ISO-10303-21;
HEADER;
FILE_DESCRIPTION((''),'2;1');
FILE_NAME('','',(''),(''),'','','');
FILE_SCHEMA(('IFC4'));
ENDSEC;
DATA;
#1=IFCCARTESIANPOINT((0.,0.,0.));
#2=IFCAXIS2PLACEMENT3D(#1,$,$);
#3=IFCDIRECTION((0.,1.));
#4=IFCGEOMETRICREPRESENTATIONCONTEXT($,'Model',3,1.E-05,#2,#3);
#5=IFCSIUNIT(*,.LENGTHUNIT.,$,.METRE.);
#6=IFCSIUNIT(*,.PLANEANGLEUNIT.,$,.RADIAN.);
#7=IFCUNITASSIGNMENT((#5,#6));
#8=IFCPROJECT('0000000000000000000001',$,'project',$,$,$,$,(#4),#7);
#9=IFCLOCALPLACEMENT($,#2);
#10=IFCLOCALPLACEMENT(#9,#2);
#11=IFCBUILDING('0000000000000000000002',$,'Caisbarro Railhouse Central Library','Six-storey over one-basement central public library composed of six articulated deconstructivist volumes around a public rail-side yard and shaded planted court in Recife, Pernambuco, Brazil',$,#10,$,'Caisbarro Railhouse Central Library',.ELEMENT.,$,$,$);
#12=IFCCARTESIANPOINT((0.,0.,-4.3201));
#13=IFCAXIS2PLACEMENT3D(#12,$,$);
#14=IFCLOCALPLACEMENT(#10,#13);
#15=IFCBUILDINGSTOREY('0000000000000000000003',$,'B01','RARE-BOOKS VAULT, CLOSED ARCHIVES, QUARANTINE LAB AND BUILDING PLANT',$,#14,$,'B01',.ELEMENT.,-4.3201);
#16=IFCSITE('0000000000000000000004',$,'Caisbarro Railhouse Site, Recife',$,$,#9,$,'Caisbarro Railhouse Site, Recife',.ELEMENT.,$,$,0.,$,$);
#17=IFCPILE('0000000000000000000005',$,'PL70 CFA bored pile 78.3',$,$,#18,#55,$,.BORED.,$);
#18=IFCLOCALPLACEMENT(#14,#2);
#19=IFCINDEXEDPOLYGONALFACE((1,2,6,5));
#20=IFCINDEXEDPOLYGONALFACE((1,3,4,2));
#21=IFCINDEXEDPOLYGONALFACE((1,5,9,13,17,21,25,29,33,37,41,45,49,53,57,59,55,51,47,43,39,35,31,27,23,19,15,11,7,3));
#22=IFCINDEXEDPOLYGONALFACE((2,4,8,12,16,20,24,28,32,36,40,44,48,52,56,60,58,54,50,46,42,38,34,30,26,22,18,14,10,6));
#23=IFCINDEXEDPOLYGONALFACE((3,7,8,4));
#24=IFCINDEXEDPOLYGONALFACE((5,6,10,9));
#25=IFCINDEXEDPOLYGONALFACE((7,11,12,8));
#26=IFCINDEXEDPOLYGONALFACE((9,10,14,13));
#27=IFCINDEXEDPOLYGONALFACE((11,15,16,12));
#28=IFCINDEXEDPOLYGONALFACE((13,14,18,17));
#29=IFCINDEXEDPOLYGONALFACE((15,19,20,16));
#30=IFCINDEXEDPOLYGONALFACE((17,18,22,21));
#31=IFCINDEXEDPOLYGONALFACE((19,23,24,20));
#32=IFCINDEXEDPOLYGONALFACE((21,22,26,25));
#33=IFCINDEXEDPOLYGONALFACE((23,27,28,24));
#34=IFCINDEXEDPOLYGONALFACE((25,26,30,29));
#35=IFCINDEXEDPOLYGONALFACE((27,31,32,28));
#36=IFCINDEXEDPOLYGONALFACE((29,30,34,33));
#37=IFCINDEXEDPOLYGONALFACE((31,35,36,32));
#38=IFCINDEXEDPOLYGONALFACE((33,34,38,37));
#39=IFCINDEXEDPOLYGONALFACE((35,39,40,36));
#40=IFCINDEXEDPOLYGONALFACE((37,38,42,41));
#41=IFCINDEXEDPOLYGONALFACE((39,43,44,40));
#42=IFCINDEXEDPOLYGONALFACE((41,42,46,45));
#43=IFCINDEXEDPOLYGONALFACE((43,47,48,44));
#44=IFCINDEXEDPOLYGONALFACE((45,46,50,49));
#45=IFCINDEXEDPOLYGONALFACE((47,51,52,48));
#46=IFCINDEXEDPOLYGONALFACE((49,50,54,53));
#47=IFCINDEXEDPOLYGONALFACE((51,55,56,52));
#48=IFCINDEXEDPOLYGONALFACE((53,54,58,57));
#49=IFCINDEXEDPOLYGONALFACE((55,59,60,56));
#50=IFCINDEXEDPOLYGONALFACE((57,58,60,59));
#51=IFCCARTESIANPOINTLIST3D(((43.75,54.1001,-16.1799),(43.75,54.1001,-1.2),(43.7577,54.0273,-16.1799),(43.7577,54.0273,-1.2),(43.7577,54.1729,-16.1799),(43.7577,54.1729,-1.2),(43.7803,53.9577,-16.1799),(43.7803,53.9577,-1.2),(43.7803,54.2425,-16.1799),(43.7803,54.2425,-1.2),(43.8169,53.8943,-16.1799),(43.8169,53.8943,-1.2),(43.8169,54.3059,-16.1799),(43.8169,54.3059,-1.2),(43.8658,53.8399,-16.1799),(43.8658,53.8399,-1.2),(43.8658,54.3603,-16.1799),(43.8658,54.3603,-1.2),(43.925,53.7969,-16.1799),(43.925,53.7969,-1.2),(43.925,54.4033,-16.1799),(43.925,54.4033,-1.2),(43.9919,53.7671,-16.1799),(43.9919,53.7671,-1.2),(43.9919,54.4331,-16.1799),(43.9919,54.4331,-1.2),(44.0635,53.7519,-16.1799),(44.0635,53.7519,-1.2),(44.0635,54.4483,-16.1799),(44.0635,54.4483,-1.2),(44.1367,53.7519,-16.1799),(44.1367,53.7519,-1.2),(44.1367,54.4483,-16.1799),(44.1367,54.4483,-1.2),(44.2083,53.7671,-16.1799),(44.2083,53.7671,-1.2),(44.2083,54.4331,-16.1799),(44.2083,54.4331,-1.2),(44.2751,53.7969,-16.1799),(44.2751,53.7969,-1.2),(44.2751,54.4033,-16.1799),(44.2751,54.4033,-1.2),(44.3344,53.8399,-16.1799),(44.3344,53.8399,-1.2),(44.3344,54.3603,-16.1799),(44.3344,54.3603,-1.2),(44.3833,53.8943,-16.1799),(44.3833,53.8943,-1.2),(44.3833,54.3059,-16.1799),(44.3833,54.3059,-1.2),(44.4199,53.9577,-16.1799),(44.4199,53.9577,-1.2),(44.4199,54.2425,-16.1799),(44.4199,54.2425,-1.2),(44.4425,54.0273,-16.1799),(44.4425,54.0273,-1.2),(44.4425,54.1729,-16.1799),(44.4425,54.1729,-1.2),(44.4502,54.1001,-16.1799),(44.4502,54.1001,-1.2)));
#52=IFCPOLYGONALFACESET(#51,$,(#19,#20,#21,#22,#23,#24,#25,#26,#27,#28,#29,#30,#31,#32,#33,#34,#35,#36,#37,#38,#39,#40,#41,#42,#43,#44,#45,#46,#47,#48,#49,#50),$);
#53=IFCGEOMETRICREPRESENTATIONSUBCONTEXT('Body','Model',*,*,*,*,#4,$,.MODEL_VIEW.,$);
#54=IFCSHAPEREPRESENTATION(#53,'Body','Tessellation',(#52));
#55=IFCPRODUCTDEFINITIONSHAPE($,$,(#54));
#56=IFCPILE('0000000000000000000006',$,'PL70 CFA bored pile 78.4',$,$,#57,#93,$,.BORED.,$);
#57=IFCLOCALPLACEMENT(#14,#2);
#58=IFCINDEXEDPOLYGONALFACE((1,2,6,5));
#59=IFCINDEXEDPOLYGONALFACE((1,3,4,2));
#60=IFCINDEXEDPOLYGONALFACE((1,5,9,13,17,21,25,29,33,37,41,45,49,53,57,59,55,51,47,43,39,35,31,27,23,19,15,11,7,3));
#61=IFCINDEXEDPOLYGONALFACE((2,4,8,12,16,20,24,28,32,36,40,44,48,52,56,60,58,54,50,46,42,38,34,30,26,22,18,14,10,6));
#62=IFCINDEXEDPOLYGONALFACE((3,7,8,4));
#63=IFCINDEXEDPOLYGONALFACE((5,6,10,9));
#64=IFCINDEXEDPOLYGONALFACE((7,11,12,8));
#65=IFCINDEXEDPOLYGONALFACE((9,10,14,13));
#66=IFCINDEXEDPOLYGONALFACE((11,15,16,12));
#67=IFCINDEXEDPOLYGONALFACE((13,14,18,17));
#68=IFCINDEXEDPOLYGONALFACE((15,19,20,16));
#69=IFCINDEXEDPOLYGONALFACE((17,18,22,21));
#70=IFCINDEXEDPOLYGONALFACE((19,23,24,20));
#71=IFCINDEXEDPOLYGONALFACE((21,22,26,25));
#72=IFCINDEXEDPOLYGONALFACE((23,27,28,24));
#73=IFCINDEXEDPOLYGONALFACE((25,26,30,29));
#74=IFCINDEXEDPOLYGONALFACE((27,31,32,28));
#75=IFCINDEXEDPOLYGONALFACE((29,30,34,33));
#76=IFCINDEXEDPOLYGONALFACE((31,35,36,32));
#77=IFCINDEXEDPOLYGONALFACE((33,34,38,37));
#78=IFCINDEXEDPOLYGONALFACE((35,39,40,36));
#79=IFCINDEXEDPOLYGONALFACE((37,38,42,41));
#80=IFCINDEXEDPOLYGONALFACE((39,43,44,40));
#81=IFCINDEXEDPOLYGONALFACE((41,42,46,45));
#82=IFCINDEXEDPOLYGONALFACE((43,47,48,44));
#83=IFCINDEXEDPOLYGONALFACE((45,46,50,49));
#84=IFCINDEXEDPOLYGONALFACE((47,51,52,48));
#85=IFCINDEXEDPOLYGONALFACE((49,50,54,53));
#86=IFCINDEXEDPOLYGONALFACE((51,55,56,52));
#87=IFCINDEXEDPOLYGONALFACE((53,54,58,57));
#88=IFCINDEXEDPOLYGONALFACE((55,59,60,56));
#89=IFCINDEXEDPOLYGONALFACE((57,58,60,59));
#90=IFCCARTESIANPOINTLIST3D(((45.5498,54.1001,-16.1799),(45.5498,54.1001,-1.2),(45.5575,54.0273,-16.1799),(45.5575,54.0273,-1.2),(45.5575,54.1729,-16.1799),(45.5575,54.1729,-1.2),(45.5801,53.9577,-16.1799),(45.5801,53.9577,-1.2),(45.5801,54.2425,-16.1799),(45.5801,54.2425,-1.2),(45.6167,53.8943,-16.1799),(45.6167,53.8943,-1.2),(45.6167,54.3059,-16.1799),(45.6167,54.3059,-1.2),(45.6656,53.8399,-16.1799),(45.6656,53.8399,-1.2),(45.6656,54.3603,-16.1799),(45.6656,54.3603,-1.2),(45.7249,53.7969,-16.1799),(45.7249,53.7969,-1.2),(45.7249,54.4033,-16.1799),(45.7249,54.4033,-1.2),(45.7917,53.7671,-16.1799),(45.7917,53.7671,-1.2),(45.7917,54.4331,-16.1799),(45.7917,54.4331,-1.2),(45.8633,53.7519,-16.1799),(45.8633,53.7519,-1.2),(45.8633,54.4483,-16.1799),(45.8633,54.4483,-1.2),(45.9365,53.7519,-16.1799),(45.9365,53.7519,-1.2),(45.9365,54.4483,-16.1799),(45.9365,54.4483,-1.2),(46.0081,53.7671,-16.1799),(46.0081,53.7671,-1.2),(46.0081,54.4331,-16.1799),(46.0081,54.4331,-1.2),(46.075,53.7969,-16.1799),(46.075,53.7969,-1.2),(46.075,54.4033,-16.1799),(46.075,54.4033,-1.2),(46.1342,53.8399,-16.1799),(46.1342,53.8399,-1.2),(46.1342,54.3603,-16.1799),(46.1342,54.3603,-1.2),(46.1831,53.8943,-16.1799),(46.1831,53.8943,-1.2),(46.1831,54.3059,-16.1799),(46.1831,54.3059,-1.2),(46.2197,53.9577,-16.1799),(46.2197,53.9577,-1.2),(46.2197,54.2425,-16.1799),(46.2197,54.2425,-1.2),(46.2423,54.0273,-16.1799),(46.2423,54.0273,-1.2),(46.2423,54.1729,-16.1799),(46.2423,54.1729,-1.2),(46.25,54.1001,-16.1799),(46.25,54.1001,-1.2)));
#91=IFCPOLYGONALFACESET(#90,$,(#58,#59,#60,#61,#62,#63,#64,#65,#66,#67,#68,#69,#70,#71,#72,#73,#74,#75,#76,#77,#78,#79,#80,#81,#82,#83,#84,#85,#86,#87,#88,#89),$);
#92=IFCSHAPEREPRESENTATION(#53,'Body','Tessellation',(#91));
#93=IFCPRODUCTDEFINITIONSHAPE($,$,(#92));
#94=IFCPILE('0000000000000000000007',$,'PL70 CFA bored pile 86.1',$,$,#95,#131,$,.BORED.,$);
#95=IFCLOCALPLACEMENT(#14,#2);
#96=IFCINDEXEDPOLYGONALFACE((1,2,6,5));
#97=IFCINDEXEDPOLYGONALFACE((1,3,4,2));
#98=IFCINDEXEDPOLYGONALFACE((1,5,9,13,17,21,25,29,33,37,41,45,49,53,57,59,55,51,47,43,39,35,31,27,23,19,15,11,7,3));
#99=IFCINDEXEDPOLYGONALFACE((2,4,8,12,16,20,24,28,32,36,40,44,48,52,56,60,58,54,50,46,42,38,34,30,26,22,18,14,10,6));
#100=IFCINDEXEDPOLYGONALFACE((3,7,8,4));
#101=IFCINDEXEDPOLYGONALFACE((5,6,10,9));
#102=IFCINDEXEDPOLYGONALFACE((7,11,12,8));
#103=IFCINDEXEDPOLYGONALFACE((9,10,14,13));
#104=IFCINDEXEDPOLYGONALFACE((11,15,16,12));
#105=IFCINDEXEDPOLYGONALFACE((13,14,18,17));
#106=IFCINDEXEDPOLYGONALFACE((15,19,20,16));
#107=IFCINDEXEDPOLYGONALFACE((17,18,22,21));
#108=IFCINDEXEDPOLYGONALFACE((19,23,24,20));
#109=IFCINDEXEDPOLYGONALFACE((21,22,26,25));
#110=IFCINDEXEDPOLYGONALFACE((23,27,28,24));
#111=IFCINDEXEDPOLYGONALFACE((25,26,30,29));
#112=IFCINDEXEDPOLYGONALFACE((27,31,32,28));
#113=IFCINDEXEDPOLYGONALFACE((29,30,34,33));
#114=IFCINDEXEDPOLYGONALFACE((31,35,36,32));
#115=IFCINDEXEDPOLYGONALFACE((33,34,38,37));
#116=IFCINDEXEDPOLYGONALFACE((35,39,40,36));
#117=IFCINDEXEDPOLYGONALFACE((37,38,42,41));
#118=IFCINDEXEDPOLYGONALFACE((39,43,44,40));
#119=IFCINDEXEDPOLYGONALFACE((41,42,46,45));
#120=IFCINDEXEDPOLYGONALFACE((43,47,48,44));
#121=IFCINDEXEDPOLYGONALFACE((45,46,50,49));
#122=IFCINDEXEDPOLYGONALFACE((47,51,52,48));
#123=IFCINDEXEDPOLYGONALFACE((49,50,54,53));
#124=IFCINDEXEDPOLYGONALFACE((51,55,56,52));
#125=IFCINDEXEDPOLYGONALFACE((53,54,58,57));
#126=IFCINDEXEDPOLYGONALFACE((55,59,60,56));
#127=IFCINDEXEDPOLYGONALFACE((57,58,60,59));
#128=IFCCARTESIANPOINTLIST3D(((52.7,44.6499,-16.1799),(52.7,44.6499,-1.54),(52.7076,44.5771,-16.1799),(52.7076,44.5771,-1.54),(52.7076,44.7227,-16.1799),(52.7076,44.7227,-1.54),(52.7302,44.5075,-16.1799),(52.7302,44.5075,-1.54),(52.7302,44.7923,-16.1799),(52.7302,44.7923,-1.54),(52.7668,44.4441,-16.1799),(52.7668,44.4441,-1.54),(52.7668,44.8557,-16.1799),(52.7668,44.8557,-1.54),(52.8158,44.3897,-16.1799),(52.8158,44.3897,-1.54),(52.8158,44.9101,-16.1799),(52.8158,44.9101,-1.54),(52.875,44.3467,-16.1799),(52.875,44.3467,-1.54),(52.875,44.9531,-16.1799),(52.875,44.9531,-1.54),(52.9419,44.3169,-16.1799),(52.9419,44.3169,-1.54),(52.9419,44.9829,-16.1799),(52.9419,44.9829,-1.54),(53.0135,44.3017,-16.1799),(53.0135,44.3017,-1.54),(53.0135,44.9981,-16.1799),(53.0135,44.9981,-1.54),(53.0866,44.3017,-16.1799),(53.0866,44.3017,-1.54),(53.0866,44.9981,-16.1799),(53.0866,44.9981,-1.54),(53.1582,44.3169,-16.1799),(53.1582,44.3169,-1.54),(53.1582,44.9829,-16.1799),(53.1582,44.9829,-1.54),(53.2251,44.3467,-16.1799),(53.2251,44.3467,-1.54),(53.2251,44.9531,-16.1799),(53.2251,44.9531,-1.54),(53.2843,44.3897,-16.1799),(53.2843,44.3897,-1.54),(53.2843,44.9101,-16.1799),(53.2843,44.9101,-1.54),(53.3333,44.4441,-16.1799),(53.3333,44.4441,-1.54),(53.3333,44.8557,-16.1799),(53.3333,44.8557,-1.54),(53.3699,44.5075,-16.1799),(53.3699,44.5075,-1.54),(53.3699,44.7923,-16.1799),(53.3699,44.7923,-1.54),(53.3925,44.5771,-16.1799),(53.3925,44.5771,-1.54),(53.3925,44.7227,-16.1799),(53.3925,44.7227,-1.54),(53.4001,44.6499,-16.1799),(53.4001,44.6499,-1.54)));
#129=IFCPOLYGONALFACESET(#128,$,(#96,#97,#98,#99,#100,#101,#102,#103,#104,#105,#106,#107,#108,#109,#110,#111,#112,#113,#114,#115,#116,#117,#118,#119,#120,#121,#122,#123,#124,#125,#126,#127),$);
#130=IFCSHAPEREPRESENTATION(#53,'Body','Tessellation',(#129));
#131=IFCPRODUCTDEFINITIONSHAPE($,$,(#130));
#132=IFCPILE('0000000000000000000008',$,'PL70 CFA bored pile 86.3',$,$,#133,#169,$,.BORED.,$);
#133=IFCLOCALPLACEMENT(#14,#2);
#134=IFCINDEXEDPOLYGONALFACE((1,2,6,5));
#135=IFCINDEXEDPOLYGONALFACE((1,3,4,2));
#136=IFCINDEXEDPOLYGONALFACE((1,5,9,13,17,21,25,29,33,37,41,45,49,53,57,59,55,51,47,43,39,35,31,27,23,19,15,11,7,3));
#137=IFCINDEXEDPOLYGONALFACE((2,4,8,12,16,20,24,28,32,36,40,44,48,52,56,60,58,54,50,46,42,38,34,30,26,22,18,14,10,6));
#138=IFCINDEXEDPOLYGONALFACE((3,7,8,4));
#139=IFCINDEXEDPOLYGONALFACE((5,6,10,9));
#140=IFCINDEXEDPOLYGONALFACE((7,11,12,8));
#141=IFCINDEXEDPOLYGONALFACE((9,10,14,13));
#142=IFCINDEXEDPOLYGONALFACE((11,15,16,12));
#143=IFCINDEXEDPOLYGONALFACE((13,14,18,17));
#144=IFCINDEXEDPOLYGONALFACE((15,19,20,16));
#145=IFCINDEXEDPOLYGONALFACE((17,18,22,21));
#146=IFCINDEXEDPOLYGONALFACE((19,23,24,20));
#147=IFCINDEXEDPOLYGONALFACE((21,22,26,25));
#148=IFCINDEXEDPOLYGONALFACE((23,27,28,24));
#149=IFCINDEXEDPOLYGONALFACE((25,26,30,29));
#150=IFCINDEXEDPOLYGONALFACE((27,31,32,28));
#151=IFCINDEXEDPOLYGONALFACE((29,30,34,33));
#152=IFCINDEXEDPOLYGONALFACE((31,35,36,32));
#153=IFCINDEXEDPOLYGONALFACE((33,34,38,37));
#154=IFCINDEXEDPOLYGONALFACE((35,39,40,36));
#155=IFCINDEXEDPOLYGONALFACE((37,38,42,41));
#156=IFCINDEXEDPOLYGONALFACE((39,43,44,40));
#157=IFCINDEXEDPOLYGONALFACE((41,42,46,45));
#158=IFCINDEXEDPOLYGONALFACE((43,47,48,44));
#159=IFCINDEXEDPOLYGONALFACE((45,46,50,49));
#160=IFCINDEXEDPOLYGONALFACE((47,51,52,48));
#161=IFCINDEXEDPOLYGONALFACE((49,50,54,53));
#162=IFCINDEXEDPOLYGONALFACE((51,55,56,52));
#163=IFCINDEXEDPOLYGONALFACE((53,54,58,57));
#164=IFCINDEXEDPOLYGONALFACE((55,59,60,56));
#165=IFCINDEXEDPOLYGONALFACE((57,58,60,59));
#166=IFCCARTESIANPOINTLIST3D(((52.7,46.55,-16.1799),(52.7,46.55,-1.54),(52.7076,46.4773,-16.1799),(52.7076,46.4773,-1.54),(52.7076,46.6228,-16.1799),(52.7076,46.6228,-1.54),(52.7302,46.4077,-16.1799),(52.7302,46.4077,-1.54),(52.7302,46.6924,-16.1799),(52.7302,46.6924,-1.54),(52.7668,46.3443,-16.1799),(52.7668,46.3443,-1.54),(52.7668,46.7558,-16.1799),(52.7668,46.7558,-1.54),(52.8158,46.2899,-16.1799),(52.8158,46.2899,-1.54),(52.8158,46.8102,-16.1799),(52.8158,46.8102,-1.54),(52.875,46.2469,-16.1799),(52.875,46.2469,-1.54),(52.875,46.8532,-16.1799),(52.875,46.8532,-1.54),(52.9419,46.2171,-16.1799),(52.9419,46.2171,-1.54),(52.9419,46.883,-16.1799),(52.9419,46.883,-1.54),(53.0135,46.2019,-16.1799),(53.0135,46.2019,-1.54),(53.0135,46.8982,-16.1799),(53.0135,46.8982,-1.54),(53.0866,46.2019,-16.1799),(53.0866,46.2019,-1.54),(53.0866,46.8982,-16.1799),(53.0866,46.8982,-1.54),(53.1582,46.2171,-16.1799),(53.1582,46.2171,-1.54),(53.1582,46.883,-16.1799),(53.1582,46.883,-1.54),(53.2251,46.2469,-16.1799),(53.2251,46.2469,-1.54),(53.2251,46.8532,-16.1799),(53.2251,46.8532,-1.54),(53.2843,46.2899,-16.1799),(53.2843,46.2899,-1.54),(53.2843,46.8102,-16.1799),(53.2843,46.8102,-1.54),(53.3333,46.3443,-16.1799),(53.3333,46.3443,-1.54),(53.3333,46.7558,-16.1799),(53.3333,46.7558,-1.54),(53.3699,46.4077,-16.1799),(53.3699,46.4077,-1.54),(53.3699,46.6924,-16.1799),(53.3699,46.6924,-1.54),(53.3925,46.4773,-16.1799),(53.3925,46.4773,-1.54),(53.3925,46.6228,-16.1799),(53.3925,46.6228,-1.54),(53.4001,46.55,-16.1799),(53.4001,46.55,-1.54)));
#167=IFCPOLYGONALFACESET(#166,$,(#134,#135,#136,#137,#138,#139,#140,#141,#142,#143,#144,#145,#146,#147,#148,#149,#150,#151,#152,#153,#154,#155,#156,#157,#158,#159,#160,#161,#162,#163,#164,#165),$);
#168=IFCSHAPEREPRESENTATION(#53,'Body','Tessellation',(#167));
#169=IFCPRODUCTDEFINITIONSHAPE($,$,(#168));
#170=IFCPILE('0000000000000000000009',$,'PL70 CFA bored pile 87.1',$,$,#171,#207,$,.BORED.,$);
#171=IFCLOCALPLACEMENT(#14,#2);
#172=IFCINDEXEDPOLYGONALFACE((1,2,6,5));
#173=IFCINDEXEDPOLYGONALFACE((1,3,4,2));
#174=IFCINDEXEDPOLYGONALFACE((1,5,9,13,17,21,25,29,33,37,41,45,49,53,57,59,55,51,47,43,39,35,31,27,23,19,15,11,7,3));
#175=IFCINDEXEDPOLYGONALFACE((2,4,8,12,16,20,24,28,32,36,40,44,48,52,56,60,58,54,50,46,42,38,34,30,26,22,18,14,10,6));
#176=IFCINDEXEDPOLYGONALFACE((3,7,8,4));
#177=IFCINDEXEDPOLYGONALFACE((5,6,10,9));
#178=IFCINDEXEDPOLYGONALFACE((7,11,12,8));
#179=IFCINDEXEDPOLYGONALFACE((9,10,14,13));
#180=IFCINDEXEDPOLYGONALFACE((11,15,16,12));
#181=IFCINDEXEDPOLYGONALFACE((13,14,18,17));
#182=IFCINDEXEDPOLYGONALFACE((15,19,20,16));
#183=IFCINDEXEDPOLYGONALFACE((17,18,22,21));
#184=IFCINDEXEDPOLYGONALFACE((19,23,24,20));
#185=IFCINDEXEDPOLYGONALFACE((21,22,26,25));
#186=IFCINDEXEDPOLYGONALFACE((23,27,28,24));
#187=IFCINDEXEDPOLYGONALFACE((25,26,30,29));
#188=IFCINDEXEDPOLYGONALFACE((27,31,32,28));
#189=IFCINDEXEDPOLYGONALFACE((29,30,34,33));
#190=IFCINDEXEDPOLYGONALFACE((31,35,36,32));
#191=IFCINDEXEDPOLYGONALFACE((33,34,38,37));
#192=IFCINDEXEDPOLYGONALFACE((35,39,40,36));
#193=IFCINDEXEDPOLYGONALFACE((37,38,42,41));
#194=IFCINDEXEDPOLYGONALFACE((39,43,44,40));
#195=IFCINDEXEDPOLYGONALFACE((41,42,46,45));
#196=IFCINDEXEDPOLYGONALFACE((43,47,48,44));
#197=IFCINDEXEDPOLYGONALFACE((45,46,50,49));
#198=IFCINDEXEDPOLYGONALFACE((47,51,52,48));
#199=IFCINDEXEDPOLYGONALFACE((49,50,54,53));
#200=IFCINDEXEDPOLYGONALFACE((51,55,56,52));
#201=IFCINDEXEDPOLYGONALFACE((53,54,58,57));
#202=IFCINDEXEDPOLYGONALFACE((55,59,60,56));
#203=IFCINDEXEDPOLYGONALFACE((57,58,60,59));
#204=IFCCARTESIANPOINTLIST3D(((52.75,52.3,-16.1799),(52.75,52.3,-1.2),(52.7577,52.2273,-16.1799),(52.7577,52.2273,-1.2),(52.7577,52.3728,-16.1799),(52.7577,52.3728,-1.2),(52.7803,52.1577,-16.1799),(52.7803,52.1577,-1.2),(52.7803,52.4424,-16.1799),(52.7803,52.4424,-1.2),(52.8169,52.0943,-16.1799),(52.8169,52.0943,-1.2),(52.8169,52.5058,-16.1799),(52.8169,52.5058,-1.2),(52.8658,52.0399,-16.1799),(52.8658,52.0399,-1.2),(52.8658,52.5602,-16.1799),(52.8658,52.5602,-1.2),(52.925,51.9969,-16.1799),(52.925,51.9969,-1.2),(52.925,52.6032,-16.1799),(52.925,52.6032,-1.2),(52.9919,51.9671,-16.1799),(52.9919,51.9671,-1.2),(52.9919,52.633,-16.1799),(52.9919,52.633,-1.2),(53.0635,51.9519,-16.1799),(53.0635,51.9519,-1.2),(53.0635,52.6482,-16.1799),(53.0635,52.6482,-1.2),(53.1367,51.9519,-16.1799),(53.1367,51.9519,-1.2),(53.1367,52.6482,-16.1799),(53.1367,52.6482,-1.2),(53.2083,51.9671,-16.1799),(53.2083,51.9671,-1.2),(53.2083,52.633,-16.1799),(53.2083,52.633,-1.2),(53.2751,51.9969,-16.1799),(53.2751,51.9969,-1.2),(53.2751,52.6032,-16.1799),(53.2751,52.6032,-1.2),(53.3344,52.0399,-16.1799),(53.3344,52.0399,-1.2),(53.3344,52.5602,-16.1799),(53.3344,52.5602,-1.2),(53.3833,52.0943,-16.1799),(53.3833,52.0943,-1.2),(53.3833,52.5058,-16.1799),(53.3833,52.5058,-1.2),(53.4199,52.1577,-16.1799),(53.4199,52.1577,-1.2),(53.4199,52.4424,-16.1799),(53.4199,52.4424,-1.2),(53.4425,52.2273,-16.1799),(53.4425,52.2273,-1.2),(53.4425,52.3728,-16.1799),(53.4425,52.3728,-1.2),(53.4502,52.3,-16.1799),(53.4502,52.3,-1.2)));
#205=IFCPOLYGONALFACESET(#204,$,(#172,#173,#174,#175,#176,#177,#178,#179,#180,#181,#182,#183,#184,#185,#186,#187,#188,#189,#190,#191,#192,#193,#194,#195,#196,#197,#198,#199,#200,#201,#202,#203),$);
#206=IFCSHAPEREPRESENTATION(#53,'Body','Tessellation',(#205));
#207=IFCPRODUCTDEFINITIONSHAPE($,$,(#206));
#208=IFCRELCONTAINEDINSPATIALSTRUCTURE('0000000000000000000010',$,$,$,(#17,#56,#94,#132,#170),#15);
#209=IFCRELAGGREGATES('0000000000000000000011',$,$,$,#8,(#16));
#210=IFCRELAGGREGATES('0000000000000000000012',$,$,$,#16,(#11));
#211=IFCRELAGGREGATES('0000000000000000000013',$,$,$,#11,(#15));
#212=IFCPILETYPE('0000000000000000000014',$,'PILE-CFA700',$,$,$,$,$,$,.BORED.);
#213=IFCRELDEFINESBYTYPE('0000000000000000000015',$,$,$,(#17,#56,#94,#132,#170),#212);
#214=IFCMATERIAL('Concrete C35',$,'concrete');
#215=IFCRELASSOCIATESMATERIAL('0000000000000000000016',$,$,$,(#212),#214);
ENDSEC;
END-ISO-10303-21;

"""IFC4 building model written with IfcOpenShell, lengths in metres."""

from ifc_helpers import new_model, si_unit, direction, frame, origin, origin_2d, place, context, subcontext, project, spatial, circle, extrude, material, material_profile, profile_set, type_object, element, save


model = new_model("IFC4")

# Units and contexts
model_context = context("Model", 3, precision=1e-05, world=origin(), true_north=direction((0.0, 1.0)))
body_context = subcontext(model_context, "Body", "Model", "MODEL_VIEW")
ifc_project = project(units=[si_unit("LENGTHUNIT", "METRE"), si_unit("PLANEANGLEUNIT", "RADIAN")], contexts=[model_context])

# Site, building, storey
site_placement = place(None, origin())
site = spatial("IfcSite", under=ifc_project, at=site_placement, Name="Caisbarro Railhouse Site, Recife", LongName="Caisbarro Railhouse Site, Recife", CompositionType="ELEMENT", RefElevation=0.0)
building_placement = place(site_placement, origin())
building = spatial("IfcBuilding", under=site, at=building_placement, Name="Caisbarro Railhouse Central Library", Description="Six-storey over one-basement central public library composed of six articulated deconstructivist volumes around a public rail-side yard and shaded planted court in Recife, Pernambuco, Brazil", LongName="Caisbarro Railhouse Central Library", CompositionType="ELEMENT")
storey_placement = place(building_placement, frame((0.0, 0.0, -4.3201)))
storey = spatial("IfcBuildingStorey", under=building, at=storey_placement, Name="B01", Description="RARE-BOOKS VAULT, CLOSED ARCHIVES, QUARANTINE LAB AND BUILDING PLANT", LongName="B01", CompositionType="ELEMENT", Elevation=-4.3201)

# Shared definitions
ifc_material_1 = material(Name="Concrete C35", Category="concrete")

# Piles
ifc_material_profile_1 = material_profile(ifc_material_1, circle(Radius=0.3501, at=origin_2d()), Name="PILE-CFA-700")
ifc_profile_set_1 = profile_set([ifc_material_profile_1], Name="Concrete C35")
pile_type = type_object("IfcPileType", Name="PILE-CFA700", PredefinedType="BORED", material=ifc_profile_set_1)
for number, where, z_axis, x_axis, name in (
    (1, (44.1001, 54.1001, -1.2), (0.0, 0.0, -1.0), (1.0, 0.0, 0.0), "PL70 CFA bored pile 78.3"),
    (2, (45.8999, 54.1001, -1.2), (0.0, 0.0, -1.0), (1.0, 0.0, 0.0), "PL70 CFA bored pile 78.4"),
):
    element("IfcPile", number, at=place(storey_placement, frame(where, z_axis=z_axis, x_axis=x_axis)), inside=storey, type_object=pile_type, Name=name, PredefinedType="BORED", context=body_context, shape_type="SweptSolid", body=[
        extrude(circle(Radius=0.3501, at=origin_2d()), origin(), (0.0, 0.0, 1.0), 14.98),
    ])
for number, where, z_axis, x_axis, name in (
    (3, (53.05, 44.6499, -1.54), (0.0, 0.0, -1.0), (1.0, 0.0, 0.0), "PL70 CFA bored pile 86.1"),
    (4, (53.05, 46.55, -1.54), (0.0, 0.0, -1.0), (1.0, 0.0, 0.0), "PL70 CFA bored pile 86.3"),
):
    element("IfcPile", number, at=place(storey_placement, frame(where, z_axis=z_axis, x_axis=x_axis)), inside=storey, type_object=pile_type, Name=name, PredefinedType="BORED", context=body_context, shape_type="SweptSolid", body=[
        extrude(circle(Radius=0.3501, at=origin_2d()), origin(), (0.0, 0.0, 1.0), 14.6399),
    ])
for number, where, z_axis, x_axis, name in (
    (5, (53.1001, 52.3, -1.2), (0.0, 0.0, -1.0), (1.0, 0.0, 0.0), "PL70 CFA bored pile 87.1"),
):
    element("IfcPile", number, at=place(storey_placement, frame(where, z_axis=z_axis, x_axis=x_axis)), inside=storey, type_object=pile_type, Name=name, PredefinedType="BORED", context=body_context, shape_type="SweptSolid", body=[
        extrude(circle(Radius=0.3501, at=origin_2d()), origin(), (0.0, 0.0, 1.0), 14.98),
    ])

save(model, "model.ifc")
